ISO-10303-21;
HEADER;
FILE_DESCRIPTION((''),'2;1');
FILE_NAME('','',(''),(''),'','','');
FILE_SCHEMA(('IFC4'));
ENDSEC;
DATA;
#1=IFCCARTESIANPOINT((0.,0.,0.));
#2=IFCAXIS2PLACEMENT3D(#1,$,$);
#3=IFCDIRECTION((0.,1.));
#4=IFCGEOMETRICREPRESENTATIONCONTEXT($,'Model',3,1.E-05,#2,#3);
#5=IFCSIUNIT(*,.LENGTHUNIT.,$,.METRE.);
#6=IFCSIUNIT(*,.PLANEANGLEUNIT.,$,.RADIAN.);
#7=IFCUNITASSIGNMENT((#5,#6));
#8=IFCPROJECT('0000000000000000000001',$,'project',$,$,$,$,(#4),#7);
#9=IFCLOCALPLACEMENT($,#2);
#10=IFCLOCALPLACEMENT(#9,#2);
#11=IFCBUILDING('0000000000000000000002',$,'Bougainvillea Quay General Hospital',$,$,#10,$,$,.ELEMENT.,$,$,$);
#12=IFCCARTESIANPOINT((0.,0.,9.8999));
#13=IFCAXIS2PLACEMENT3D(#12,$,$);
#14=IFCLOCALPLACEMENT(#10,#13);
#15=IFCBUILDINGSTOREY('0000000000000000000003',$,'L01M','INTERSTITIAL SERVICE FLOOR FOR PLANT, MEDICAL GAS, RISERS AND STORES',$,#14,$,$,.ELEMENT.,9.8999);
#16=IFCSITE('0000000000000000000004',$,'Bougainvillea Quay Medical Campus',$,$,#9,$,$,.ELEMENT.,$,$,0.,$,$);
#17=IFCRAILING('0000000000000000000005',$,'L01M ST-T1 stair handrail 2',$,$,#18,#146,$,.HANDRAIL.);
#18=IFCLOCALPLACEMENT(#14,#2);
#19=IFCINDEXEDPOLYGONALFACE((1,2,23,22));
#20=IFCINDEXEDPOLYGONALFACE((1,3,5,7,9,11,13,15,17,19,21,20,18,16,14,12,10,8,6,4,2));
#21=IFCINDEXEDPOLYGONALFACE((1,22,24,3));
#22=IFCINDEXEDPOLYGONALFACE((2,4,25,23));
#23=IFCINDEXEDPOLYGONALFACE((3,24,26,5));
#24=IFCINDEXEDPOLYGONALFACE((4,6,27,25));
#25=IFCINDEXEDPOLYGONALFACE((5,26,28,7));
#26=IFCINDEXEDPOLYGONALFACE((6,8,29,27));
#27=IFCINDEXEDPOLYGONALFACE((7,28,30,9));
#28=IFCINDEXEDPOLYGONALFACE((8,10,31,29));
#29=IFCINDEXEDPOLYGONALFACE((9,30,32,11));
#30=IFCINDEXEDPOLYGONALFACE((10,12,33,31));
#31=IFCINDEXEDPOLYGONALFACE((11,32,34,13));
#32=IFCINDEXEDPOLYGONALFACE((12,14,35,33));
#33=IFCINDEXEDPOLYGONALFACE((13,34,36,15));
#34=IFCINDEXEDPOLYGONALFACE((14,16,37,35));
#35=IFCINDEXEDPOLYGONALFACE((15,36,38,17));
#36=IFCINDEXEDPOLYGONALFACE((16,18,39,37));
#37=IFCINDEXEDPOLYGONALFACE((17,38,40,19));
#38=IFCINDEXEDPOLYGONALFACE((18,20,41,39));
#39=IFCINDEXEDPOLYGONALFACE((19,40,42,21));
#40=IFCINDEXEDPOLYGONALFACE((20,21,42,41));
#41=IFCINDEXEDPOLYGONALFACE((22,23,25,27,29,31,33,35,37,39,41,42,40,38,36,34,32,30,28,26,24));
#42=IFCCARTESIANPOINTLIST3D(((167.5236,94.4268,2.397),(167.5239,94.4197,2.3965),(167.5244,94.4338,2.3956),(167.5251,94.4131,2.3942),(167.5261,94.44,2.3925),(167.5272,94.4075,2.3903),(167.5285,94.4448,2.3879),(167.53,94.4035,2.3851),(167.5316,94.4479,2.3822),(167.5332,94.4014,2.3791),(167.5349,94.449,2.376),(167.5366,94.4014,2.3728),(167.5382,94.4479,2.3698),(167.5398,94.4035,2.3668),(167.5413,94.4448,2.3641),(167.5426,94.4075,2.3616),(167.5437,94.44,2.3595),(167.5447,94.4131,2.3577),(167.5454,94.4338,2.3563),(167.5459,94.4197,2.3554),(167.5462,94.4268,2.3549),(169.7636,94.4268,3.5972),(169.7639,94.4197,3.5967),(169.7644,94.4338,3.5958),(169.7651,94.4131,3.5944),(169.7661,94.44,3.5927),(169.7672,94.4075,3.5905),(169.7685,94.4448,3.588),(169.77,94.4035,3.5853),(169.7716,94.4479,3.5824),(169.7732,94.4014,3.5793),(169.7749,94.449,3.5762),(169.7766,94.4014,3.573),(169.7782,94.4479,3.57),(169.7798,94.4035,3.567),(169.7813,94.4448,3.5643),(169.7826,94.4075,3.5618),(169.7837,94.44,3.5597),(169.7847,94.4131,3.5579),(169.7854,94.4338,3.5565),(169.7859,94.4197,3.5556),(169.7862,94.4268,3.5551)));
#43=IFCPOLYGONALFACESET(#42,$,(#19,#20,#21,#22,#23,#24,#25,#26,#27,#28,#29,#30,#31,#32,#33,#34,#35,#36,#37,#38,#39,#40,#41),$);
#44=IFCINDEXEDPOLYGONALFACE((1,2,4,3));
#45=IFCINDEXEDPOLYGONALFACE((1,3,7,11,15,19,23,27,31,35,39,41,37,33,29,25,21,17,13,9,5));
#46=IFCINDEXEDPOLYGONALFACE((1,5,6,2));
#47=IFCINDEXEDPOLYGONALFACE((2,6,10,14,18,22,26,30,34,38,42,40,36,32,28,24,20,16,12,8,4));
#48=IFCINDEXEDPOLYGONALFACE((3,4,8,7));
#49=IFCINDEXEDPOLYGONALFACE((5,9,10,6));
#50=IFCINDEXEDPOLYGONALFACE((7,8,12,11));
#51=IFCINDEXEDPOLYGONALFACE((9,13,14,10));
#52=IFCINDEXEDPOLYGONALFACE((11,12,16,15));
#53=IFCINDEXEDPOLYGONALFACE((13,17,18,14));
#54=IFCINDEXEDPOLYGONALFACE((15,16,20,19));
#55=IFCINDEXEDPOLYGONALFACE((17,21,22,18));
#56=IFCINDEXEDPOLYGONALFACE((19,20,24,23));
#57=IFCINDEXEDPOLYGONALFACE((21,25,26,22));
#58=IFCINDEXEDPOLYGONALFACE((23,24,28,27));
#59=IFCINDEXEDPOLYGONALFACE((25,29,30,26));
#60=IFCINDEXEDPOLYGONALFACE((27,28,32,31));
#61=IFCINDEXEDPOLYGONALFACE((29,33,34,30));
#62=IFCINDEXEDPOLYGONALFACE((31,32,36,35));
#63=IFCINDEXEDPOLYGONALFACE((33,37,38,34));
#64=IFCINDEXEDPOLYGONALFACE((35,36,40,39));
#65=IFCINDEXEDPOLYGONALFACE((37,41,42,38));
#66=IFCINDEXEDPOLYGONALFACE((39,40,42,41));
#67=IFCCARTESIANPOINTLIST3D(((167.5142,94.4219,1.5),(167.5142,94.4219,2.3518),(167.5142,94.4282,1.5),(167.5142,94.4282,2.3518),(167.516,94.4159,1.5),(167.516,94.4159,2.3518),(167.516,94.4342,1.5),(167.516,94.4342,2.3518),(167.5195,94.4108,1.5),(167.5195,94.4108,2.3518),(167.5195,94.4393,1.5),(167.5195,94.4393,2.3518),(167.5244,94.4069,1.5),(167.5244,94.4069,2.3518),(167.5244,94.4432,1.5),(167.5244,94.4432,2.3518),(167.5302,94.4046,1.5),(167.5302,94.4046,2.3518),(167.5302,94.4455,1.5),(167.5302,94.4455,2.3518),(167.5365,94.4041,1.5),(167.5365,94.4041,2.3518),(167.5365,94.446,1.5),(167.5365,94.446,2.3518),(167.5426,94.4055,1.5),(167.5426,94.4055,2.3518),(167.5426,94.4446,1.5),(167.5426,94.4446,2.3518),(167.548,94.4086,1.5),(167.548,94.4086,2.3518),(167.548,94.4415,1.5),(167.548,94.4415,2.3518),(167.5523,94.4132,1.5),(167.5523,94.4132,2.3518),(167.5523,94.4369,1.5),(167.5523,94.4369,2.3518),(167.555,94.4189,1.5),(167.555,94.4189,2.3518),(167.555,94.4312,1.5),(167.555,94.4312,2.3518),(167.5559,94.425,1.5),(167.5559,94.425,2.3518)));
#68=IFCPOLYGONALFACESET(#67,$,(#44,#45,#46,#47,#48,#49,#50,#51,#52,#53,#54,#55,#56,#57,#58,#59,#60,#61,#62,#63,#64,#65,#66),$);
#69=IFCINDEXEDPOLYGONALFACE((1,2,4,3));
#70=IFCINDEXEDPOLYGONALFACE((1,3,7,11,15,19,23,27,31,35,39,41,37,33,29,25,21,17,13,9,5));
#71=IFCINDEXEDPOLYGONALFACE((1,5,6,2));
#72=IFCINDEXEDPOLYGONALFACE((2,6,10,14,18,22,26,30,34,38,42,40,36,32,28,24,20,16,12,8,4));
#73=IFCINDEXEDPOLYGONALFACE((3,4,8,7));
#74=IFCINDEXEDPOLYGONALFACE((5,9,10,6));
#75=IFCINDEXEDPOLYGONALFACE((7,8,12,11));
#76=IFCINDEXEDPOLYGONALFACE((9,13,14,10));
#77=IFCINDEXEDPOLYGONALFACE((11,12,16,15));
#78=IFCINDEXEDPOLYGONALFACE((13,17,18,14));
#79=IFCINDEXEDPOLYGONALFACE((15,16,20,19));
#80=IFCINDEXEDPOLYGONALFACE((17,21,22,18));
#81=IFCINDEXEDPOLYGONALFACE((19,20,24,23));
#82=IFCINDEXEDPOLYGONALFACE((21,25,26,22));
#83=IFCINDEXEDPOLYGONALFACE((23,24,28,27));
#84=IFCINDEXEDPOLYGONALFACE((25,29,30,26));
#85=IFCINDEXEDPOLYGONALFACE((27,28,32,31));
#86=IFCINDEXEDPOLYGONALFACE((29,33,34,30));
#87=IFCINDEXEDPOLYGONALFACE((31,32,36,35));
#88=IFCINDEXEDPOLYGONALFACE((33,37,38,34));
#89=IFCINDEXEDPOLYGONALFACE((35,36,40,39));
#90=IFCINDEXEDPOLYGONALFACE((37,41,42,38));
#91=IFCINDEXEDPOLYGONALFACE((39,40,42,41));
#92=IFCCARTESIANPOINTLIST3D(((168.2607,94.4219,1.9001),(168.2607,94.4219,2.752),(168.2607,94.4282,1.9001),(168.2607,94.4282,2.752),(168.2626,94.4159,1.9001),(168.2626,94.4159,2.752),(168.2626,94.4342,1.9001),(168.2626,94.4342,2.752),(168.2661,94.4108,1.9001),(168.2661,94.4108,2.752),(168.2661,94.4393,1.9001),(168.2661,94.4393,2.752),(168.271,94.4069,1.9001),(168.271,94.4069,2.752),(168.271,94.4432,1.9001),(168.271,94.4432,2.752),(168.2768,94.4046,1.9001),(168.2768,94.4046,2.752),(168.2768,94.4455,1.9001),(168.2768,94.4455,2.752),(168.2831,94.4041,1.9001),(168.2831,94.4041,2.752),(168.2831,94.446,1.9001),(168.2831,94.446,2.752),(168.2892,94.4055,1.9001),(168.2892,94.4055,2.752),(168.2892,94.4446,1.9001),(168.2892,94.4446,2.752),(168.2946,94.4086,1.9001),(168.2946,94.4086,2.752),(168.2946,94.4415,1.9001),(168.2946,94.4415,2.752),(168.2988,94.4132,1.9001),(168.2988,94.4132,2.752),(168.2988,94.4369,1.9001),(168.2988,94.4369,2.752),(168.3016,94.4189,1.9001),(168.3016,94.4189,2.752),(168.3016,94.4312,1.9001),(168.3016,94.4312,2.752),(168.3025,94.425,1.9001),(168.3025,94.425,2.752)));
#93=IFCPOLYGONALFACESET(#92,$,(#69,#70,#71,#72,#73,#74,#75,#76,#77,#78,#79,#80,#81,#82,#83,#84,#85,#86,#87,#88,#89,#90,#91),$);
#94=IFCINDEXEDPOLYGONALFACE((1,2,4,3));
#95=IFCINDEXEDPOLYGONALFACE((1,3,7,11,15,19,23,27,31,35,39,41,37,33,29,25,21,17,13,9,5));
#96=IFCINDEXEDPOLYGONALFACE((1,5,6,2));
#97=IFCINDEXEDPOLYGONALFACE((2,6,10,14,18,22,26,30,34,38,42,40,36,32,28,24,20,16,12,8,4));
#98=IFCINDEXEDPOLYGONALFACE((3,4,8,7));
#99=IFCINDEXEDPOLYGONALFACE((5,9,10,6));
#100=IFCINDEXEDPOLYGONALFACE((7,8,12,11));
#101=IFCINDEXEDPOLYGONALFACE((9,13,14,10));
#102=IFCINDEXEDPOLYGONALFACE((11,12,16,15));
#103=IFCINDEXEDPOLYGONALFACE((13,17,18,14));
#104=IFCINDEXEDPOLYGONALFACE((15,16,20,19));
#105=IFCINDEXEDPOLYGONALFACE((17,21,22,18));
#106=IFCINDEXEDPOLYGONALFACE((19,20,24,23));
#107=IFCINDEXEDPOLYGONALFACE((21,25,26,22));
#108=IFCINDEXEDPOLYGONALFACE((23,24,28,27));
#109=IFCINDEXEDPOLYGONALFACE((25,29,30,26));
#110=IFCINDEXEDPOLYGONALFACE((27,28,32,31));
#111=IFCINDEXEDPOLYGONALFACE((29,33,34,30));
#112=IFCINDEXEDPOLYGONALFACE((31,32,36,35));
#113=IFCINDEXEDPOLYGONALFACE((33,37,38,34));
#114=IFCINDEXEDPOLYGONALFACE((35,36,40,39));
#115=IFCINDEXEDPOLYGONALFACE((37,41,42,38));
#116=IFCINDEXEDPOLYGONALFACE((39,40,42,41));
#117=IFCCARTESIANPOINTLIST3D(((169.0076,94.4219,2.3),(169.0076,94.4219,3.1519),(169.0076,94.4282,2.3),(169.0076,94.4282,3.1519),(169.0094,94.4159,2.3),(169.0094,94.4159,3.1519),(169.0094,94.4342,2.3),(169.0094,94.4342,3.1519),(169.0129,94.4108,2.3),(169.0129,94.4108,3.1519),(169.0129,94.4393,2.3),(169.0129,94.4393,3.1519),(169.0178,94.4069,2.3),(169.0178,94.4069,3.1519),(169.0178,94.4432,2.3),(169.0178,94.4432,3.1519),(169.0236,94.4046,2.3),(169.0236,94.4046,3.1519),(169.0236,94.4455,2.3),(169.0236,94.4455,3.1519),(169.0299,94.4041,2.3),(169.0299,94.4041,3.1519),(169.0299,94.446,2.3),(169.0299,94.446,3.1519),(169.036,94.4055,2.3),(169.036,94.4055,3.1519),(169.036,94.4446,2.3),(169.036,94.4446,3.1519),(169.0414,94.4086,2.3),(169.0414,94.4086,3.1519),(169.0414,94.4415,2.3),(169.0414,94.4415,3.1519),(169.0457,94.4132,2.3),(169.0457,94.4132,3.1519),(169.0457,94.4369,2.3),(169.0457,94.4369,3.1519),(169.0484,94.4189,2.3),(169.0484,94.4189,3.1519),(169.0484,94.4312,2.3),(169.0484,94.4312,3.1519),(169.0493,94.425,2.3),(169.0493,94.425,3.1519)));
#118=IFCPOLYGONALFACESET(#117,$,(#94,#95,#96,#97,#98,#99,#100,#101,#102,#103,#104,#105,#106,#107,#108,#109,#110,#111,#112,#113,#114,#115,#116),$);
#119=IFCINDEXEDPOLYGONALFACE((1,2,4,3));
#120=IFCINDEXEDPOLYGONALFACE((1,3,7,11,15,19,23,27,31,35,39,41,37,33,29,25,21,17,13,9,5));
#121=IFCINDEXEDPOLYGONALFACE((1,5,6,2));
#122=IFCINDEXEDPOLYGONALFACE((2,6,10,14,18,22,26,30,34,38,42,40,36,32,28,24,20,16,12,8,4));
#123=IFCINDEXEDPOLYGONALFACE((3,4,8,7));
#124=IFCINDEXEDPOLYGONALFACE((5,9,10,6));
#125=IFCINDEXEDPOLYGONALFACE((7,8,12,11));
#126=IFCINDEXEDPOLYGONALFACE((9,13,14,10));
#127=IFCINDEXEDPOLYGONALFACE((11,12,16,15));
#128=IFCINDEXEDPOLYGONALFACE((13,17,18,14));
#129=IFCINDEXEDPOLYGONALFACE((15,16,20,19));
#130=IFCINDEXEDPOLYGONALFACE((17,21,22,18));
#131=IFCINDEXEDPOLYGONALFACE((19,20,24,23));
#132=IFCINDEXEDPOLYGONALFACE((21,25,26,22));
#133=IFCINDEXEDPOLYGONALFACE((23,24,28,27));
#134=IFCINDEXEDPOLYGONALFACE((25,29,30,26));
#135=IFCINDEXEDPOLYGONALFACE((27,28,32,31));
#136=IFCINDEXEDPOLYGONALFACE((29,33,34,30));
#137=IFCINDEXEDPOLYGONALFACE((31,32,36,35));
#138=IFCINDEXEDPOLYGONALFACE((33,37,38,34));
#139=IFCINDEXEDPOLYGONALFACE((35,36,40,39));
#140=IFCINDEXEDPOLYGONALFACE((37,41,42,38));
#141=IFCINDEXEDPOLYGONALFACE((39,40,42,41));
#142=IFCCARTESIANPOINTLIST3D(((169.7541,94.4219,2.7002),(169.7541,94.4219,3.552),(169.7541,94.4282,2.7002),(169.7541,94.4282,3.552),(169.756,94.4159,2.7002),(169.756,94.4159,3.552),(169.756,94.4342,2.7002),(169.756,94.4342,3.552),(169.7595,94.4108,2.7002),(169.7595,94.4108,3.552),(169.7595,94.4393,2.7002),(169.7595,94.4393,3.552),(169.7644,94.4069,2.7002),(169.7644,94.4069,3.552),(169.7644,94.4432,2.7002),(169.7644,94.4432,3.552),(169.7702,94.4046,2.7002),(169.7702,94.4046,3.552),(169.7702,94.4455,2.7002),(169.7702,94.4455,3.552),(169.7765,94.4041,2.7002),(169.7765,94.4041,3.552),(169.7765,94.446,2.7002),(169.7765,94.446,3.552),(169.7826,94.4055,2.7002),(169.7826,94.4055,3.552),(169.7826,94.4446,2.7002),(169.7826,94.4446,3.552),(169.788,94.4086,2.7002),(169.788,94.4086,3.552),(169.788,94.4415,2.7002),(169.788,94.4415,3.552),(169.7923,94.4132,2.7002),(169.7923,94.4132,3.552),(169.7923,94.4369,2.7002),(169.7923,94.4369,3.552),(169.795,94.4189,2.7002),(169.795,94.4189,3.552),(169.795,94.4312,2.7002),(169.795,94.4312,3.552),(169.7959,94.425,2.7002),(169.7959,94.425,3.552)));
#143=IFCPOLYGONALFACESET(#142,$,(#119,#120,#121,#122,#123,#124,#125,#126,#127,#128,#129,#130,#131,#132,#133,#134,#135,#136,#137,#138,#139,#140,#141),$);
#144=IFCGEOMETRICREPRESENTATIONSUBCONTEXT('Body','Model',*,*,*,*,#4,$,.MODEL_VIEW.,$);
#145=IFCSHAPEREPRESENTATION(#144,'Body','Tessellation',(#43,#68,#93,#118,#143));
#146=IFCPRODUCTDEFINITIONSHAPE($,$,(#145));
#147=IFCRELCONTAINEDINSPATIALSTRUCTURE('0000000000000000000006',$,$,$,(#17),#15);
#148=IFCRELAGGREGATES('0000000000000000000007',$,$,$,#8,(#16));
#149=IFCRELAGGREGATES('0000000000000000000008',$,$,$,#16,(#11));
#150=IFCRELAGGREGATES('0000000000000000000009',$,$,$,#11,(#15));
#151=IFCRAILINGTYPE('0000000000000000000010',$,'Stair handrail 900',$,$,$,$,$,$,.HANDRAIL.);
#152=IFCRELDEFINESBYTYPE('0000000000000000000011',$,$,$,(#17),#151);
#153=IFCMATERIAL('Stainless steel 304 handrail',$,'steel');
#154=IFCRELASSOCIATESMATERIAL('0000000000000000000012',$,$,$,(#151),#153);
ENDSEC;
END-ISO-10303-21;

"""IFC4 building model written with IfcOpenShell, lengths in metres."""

from ifc_helpers import new_model, si_unit, direction, frame, origin, origin_2d, place, context, subcontext, project, spatial, circle, extrude, material, type_object, element, save


model = new_model("IFC4")

# Units and contexts
model_context = context("Model", 3, precision=1e-05, world=origin(), true_north=direction((0.0, 1.0)))
body_context = subcontext(model_context, "Body", "Model", "MODEL_VIEW")
ifc_project = project(units=[si_unit("LENGTHUNIT", "METRE"), si_unit("PLANEANGLEUNIT", "RADIAN")], contexts=[model_context])

# Site, building, storey
site_placement = place(None, origin())
site = spatial("IfcSite", under=ifc_project, at=site_placement, Name="Bougainvillea Quay Medical Campus", CompositionType="ELEMENT", RefElevation=0.0)
building_placement = place(site_placement, origin())
building = spatial("IfcBuilding", under=site, at=building_placement, Name="Bougainvillea Quay General Hospital", CompositionType="ELEMENT")
storey_placement = place(building_placement, frame((0.0, 0.0, 9.8999)))
storey = spatial("IfcBuildingStorey", under=building, at=storey_placement, Name="L01M", Description="INTERSTITIAL SERVICE FLOOR FOR PLANT, MEDICAL GAS, RISERS AND STORES", CompositionType="ELEMENT", Elevation=9.8999)

# Railing
ifc_material_1 = material(Name="Stainless steel 304 handrail", Category="steel")
railing_type_1 = type_object("IfcRailingType", Name="Stair handrail 900", PredefinedType="HANDRAIL", material=ifc_material_1)
railing_1_placement = place(storey_placement, frame((167.5349, 94.425, 1.5)))
element("IfcRailing", 1, at=railing_1_placement, inside=storey, type_object=railing_type_1, Name="L01M ST-T1 stair handrail 2", PredefinedType="HANDRAIL", context=body_context, shape_type="SweptSolid", body=[
    extrude(circle(Radius=0.0239, at=origin_2d()), frame((0.0, 0.0, 0.876), z_axis=(0.881447, 0.0, 0.472283), x_axis=(0.0, 1.0, 0.0)), (0.0, 0.0, 1.0), 2.5413),
    extrude(circle(Radius=0.021, at=origin_2d()), origin(), (0.0, 0.0, 1.0), 0.8518),
    extrude(circle(Radius=0.021, at=origin_2d()), frame((0.7466, 0.0, 0.4001)), (0.0, 0.0, 1.0), 0.8518),
    extrude(circle(Radius=0.021, at=origin_2d()), frame((1.4934, 0.0, 0.8)), (0.0, 0.0, 1.0), 0.8518),
    extrude(circle(Radius=0.021, at=origin_2d()), frame((2.24, 0.0, 1.2002)), (0.0, 0.0, 1.0), 0.8518),
])

save(model, "model.ifc")
